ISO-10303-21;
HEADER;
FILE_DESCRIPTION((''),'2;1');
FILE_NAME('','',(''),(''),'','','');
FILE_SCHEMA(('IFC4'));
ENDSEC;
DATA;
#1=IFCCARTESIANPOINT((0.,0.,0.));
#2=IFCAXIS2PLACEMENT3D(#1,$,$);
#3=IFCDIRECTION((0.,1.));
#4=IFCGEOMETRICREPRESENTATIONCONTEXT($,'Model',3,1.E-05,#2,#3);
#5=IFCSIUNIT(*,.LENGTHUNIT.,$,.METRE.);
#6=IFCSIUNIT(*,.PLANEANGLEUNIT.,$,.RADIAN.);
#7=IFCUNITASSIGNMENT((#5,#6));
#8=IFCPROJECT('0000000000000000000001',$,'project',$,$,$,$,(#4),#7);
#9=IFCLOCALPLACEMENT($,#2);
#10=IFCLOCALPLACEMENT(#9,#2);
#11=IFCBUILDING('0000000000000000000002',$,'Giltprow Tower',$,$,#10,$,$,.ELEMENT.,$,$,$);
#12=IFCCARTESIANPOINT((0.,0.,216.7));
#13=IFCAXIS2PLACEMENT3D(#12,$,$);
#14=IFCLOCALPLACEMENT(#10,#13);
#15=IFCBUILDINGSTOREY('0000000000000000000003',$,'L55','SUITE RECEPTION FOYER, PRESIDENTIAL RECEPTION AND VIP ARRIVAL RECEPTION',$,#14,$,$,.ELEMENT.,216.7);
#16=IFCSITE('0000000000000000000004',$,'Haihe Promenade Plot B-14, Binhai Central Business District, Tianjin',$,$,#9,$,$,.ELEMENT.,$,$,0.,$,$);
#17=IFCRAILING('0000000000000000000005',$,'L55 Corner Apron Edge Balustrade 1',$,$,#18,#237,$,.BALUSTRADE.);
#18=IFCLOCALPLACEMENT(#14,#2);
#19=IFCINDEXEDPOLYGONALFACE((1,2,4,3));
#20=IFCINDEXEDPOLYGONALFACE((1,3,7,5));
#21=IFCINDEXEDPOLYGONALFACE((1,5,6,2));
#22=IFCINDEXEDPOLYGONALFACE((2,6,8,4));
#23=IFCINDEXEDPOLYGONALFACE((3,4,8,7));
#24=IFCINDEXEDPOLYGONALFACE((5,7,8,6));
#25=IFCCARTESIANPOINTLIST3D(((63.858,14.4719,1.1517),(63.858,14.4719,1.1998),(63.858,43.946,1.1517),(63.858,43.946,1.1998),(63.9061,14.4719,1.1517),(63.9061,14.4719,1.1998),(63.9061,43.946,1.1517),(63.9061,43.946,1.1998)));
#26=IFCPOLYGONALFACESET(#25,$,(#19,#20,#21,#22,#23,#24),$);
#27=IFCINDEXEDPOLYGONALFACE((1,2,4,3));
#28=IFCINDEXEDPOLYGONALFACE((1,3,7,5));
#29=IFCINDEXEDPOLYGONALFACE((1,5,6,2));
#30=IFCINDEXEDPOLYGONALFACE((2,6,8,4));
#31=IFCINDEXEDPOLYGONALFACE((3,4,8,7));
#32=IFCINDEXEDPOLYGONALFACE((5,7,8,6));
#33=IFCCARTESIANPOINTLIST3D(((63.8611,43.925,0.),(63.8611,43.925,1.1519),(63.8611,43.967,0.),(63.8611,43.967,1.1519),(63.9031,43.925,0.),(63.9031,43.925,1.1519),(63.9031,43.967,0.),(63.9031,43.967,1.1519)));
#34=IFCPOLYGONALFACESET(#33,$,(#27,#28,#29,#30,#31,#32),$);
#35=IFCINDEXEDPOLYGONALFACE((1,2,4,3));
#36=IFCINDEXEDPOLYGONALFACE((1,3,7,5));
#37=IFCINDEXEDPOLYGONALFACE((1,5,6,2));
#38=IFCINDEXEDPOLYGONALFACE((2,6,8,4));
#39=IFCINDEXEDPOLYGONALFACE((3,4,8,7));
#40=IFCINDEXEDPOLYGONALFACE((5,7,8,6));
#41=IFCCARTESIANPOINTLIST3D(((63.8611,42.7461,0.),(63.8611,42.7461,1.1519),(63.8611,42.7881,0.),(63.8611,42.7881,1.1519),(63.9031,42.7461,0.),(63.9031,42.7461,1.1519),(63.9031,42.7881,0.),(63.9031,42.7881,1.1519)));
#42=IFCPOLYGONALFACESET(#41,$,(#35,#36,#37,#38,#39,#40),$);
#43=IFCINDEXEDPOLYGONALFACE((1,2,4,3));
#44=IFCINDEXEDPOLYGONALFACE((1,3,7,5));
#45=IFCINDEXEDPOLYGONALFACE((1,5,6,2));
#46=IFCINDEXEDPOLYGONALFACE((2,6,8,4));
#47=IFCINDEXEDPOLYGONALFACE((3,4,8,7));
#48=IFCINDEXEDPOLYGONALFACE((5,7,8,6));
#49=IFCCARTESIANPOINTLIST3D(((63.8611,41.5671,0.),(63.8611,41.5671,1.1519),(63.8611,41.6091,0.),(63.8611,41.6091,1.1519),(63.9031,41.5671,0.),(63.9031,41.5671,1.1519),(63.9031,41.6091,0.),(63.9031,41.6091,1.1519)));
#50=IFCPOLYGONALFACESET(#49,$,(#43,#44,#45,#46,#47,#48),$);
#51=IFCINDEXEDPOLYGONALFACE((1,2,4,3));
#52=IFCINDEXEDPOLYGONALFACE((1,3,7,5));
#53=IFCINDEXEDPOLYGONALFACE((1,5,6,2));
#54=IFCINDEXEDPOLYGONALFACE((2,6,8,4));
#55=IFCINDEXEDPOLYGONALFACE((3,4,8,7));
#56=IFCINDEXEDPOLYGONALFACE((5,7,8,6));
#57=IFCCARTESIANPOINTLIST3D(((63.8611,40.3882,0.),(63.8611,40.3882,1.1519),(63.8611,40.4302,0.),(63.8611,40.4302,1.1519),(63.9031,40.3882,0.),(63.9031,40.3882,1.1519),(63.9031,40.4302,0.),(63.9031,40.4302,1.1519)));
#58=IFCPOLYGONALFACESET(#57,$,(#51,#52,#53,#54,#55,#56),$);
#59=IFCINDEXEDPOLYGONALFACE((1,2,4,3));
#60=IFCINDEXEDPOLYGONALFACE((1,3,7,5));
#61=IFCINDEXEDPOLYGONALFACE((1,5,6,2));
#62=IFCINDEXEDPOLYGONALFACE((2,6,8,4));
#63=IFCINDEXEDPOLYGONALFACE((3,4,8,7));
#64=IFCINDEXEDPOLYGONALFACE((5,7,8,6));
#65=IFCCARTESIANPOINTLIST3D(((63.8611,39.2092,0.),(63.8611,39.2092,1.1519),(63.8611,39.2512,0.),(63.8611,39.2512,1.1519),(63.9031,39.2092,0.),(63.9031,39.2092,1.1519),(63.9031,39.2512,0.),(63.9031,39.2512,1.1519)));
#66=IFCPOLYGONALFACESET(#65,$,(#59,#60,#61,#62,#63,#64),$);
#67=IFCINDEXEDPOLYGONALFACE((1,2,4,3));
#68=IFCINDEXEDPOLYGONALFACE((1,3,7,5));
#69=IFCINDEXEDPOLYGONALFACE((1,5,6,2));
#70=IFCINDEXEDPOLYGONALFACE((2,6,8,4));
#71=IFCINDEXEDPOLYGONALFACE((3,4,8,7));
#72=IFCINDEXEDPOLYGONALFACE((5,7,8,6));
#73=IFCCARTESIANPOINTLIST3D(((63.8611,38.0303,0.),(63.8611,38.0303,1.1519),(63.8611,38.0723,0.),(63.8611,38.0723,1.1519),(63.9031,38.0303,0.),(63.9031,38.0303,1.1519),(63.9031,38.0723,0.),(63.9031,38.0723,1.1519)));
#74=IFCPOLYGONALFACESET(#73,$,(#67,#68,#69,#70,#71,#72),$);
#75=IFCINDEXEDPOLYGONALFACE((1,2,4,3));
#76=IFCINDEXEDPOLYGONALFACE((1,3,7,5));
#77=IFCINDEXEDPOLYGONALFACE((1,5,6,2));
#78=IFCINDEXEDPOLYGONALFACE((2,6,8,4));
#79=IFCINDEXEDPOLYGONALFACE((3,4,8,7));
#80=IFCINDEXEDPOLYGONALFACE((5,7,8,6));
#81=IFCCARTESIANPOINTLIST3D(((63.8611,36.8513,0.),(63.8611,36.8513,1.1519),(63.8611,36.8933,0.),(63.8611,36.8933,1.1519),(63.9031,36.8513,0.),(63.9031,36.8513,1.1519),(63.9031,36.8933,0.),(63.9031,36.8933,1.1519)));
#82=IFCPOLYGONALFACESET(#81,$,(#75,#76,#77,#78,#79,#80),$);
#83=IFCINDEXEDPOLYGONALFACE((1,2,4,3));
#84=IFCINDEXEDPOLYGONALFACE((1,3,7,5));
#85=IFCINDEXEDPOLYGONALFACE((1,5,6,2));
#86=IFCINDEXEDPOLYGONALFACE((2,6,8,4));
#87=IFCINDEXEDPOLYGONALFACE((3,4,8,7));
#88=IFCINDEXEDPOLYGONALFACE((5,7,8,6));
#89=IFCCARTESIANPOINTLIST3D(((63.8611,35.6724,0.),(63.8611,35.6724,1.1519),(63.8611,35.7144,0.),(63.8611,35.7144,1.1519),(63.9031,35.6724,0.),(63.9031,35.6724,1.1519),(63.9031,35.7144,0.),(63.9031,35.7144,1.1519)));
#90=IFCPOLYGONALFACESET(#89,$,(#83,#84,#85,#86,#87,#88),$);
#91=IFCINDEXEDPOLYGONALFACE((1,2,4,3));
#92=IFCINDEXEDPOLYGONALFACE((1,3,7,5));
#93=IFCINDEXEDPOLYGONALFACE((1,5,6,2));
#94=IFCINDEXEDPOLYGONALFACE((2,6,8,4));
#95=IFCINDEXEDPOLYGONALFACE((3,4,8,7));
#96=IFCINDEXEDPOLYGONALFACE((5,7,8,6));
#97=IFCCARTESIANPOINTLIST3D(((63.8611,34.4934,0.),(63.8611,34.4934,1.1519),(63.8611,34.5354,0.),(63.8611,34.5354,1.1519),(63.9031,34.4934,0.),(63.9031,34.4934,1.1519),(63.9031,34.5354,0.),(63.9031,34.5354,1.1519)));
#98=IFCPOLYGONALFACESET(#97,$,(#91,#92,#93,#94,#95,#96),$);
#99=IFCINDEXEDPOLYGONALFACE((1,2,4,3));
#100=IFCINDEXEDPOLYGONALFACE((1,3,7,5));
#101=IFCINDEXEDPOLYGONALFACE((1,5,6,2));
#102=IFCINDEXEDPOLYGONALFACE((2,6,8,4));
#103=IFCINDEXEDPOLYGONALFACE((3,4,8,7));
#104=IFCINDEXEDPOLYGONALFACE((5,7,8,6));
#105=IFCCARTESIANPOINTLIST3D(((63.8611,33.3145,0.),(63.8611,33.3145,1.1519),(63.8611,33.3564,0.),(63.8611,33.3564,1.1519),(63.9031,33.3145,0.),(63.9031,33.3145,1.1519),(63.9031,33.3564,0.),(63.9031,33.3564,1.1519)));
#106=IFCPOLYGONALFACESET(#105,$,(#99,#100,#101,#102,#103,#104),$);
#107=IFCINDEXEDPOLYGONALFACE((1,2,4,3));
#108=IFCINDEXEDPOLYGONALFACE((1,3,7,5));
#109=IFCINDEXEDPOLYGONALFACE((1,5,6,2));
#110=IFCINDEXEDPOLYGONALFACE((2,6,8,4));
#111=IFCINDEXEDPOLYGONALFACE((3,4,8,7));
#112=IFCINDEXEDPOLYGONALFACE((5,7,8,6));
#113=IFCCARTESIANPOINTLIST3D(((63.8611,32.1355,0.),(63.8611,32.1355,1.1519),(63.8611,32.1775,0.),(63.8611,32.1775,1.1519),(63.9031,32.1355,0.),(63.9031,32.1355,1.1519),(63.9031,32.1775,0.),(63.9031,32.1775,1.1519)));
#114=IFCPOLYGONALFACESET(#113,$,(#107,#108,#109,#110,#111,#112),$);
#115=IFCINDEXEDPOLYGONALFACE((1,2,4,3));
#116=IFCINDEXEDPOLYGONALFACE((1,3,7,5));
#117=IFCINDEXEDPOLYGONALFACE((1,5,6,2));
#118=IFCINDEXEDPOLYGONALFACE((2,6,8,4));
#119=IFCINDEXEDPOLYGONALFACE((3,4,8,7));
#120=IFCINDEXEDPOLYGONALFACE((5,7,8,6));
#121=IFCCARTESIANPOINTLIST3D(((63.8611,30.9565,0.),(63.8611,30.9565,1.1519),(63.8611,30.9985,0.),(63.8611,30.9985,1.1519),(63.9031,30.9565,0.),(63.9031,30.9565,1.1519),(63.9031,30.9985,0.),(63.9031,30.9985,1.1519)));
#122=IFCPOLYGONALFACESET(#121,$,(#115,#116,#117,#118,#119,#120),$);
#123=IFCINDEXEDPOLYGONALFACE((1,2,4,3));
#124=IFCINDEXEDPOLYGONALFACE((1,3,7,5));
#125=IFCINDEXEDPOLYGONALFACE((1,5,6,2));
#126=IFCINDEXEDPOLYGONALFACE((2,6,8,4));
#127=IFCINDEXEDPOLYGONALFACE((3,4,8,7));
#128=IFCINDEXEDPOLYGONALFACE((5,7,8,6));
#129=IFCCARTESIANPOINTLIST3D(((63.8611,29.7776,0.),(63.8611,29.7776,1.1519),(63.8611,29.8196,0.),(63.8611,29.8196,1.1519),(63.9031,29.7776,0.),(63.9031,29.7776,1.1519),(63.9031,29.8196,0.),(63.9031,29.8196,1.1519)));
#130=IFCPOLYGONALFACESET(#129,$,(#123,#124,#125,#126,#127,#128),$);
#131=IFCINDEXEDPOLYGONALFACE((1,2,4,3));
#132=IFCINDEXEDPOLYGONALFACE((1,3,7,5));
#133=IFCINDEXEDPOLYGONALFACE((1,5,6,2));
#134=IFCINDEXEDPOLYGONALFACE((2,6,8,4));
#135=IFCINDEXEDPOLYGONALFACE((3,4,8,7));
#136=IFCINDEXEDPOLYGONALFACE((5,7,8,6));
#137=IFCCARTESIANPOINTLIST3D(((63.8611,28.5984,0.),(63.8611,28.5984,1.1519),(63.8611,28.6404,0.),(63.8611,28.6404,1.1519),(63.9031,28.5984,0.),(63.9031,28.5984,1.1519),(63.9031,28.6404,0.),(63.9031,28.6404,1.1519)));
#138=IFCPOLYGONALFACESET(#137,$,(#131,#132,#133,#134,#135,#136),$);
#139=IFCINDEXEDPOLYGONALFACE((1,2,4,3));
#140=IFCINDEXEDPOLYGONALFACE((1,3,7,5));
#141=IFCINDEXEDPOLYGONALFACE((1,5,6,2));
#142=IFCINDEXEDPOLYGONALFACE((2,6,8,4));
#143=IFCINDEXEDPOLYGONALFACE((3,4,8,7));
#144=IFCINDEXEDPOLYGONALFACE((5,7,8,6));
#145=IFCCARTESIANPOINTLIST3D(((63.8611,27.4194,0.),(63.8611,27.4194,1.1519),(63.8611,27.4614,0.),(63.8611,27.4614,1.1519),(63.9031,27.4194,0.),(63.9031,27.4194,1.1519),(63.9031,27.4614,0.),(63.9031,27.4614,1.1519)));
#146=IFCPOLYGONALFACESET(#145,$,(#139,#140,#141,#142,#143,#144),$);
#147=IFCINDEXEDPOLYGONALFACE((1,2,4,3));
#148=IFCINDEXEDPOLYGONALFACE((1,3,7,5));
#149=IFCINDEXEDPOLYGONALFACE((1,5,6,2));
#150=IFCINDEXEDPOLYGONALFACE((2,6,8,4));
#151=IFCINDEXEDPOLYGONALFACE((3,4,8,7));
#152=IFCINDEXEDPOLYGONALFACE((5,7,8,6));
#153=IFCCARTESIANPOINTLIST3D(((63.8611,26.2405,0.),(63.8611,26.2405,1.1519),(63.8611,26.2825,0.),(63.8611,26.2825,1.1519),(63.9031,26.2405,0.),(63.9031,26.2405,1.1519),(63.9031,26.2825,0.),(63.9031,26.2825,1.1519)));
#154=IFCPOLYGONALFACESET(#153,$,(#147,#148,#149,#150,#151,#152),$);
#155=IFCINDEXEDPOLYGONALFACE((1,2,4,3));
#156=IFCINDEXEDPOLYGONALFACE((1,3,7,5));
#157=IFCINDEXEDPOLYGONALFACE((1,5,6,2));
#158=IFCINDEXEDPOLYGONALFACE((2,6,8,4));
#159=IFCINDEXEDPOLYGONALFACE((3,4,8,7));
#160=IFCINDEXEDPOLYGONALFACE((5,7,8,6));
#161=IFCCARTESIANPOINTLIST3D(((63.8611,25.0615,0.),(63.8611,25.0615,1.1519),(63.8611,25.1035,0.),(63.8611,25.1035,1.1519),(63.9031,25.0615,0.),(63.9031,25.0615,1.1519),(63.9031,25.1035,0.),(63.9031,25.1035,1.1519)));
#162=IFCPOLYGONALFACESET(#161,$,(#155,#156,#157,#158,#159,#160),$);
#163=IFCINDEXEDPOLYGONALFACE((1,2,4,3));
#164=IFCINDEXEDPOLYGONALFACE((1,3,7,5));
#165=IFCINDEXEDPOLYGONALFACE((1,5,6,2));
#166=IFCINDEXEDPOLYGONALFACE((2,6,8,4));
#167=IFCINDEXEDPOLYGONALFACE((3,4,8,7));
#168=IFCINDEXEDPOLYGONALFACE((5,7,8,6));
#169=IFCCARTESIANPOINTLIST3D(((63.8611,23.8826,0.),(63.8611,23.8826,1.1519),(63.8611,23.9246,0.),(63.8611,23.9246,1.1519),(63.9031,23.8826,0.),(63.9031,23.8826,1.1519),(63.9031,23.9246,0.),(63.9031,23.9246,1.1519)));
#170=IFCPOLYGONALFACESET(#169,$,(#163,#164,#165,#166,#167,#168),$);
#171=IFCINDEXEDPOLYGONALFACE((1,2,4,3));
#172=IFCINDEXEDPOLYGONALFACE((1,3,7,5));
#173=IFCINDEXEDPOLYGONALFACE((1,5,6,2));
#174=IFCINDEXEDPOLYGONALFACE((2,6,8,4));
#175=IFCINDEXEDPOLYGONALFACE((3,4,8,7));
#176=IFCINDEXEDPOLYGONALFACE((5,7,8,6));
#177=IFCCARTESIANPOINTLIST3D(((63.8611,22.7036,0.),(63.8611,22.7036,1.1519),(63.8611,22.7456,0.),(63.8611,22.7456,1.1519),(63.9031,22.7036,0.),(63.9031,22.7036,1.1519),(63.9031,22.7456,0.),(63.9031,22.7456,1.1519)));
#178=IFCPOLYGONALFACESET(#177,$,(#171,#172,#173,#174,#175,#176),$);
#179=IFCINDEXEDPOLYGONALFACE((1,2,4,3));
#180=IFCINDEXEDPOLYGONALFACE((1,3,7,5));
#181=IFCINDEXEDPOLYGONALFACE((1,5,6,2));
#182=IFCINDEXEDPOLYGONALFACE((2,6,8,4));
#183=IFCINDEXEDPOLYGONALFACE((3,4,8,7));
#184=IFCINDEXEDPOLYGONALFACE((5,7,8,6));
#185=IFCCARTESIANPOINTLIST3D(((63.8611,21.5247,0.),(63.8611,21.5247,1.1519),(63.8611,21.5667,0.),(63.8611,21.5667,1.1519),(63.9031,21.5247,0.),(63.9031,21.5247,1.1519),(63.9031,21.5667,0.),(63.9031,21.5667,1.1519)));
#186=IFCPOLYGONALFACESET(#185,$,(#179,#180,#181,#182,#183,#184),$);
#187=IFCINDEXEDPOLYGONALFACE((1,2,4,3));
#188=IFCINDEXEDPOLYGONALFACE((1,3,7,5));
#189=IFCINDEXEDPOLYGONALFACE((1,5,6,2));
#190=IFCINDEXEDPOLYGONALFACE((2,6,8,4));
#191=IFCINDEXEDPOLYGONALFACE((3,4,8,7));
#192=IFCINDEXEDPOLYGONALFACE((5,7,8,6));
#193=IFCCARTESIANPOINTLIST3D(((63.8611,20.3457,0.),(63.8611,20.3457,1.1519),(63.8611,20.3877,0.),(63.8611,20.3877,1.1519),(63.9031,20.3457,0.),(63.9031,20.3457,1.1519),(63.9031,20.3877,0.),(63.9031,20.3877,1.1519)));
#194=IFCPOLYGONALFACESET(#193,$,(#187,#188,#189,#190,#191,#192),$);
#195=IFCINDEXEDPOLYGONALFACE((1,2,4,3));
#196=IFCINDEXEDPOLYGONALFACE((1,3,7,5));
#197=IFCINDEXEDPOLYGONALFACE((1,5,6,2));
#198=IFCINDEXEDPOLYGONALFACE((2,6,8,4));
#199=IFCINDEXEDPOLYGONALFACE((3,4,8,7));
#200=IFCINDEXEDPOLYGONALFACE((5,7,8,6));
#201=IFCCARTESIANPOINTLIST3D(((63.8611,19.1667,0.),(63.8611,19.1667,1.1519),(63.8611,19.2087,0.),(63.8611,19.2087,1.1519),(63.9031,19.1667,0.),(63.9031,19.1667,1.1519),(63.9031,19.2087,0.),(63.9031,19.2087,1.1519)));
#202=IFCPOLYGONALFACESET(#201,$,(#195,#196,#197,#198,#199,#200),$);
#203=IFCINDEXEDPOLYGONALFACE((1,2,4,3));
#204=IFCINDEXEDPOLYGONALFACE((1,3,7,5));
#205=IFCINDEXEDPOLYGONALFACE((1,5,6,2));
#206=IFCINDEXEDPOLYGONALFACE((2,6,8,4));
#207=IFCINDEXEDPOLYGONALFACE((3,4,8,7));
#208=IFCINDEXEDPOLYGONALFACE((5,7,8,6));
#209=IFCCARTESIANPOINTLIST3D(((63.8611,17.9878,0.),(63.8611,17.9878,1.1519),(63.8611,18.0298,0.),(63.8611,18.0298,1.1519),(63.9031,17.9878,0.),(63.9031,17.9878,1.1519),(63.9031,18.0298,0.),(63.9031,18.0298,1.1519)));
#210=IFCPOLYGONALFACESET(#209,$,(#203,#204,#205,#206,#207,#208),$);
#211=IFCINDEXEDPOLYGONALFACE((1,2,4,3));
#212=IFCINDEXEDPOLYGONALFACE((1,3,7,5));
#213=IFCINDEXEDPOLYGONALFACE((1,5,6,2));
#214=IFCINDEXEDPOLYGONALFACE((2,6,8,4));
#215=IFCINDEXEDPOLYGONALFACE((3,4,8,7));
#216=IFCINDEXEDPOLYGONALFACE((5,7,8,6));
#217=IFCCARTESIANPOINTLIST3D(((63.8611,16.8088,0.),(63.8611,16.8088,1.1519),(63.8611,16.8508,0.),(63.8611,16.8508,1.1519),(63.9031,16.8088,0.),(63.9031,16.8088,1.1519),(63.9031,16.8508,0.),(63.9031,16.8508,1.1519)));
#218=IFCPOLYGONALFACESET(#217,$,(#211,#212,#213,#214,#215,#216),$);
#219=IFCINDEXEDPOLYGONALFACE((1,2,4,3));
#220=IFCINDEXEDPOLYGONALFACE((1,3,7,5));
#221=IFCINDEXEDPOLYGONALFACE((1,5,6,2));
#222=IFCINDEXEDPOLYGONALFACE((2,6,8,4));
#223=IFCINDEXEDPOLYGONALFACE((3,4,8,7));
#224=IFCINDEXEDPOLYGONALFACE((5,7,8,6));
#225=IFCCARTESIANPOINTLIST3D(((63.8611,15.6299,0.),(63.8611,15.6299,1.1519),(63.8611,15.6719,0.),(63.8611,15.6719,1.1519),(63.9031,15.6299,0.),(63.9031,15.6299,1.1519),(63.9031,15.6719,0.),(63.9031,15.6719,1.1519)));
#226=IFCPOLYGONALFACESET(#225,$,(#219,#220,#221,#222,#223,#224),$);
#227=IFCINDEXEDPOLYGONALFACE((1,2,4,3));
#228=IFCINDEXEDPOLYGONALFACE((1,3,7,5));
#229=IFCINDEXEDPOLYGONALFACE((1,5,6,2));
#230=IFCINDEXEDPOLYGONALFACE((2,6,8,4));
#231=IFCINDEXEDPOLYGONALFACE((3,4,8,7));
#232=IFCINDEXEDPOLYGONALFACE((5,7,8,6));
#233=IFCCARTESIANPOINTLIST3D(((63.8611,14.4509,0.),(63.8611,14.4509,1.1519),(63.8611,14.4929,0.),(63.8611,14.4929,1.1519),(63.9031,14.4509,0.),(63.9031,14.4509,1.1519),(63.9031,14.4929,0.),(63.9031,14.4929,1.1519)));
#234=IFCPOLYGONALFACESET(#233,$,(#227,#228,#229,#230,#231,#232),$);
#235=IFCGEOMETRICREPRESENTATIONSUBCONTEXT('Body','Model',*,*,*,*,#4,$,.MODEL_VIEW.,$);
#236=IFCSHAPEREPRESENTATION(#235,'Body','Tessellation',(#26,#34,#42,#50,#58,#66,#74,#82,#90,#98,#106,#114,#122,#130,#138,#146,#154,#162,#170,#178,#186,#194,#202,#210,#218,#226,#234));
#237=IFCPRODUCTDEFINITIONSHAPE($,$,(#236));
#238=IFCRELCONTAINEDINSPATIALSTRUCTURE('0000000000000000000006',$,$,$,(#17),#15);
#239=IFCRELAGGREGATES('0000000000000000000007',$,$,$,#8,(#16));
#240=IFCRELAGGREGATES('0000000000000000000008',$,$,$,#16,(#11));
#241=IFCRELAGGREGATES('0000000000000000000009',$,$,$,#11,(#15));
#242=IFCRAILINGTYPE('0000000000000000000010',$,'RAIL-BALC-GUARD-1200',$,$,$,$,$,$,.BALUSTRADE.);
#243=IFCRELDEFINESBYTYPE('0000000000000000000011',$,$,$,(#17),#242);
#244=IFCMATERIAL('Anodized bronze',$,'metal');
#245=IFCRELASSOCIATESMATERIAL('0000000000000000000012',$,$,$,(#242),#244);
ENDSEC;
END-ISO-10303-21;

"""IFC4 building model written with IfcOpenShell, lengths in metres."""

from ifc_helpers import new_model, si_unit, direction, frame, origin, origin_2d, place, context, subcontext, project, spatial, rectangle, extrude, material, type_object, element, save


model = new_model("IFC4")

# Units and contexts
model_context = context("Model", 3, precision=1e-05, world=origin(), true_north=direction((0.0, 1.0)))
body_context = subcontext(model_context, "Body", "Model", "MODEL_VIEW")
ifc_project = project(units=[si_unit("LENGTHUNIT", "METRE"), si_unit("PLANEANGLEUNIT", "RADIAN")], contexts=[model_context])

# Site, building, storey
site_placement = place(None, origin())
site = spatial("IfcSite", under=ifc_project, at=site_placement, Name="Haihe Promenade Plot B-14, Binhai Central Business District, Tianjin", CompositionType="ELEMENT", RefElevation=0.0)
building_placement = place(site_placement, origin())
building = spatial("IfcBuilding", under=site, at=building_placement, Name="Giltprow Tower", CompositionType="ELEMENT")
storey_placement = place(building_placement, frame((0.0, 0.0, 216.7)))
storey = spatial("IfcBuildingStorey", under=building, at=storey_placement, Name="L55", Description="SUITE RECEPTION FOYER, PRESIDENTIAL RECEPTION AND VIP ARRIVAL RECEPTION", CompositionType="ELEMENT", Elevation=216.7)

# Railing
ifc_material_1 = material(Name="Anodized bronze", Category="metal")
railing_type_1 = type_object("IfcRailingType", Name="RAIL-BALC-GUARD-1200", PredefinedType="BALUSTRADE", material=ifc_material_1)
railing_1_placement = place(storey_placement, frame((63.8821, 43.946, 0.0)))
element("IfcRailing", 1, at=railing_1_placement, inside=storey, type_object=railing_type_1, Name="L55 Corner Apron Edge Balustrade 1", PredefinedType="BALUSTRADE", context=body_context, shape_type="SweptSolid", body=[
    extrude(rectangle(XDim=0.0481, YDim=0.0481, at=origin_2d()), frame((0.0, 0.0, 1.1758), z_axis=(0.0, -1.0, 0.0), x_axis=(1.0, 0.0, 0.0)), (0.0, 0.0, 1.0), 29.4741),
    extrude(rectangle(XDim=0.042, YDim=0.042, at=origin_2d()), origin(), (0.0, 0.0, 1.0), 1.1519),
    extrude(rectangle(XDim=0.042, YDim=0.042, at=origin_2d()), frame((0.0, -1.179, 0.0)), (0.0, 0.0, 1.0), 1.1519),
    extrude(rectangle(XDim=0.042, YDim=0.042, at=origin_2d()), frame((0.0, -2.3579, 0.0)), (0.0, 0.0, 1.0), 1.1519),
    extrude(rectangle(XDim=0.042, YDim=0.042, at=origin_2d()), frame((0.0, -3.5369, 0.0)), (0.0, 0.0, 1.0), 1.1519),
    extrude(rectangle(XDim=0.042, YDim=0.042, at=origin_2d()), frame((0.0, -4.7158, 0.0)), (0.0, 0.0, 1.0), 1.1519),
    extrude(rectangle(XDim=0.042, YDim=0.042, at=origin_2d()), frame((0.0, -5.8948, 0.0)), (0.0, 0.0, 1.0), 1.1519),
    extrude(rectangle(XDim=0.042, YDim=0.042, at=origin_2d()), frame((0.0, -7.0737, 0.0)), (0.0, 0.0, 1.0), 1.1519),
    extrude(rectangle(XDim=0.042, YDim=0.042, at=origin_2d()), frame((0.0, -8.2527, 0.0)), (0.0, 0.0, 1.0), 1.1519),
    extrude(rectangle(XDim=0.042, YDim=0.042, at=origin_2d()), frame((0.0, -9.4316, 0.0)), (0.0, 0.0, 1.0), 1.1519),
    extrude(rectangle(XDim=0.042, YDim=0.042, at=origin_2d()), frame((0.0, -10.6106, 0.0)), (0.0, 0.0, 1.0), 1.1519),
    extrude(rectangle(XDim=0.042, YDim=0.042, at=origin_2d()), frame((0.0, -11.7896, 0.0)), (0.0, 0.0, 1.0), 1.1519),
    extrude(rectangle(XDim=0.042, YDim=0.042, at=origin_2d()), frame((0.0, -12.9685, 0.0)), (0.0, 0.0, 1.0), 1.1519),
    extrude(rectangle(XDim=0.042, YDim=0.042, at=origin_2d()), frame((0.0, -14.1475, 0.0)), (0.0, 0.0, 1.0), 1.1519),
    extrude(rectangle(XDim=0.042, YDim=0.042, at=origin_2d()), frame((0.0, -15.3267, 0.0)), (0.0, 0.0, 1.0), 1.1519),
    extrude(rectangle(XDim=0.042, YDim=0.042, at=origin_2d()), frame((0.0, -16.5056, 0.0)), (0.0, 0.0, 1.0), 1.1519),
    extrude(rectangle(XDim=0.042, YDim=0.042, at=origin_2d()), frame((0.0, -17.6846, 0.0)), (0.0, 0.0, 1.0), 1.1519),
    extrude(rectangle(XDim=0.042, YDim=0.042, at=origin_2d()), frame((0.0, -18.8635, 0.0)), (0.0, 0.0, 1.0), 1.1519),
    extrude(rectangle(XDim=0.042, YDim=0.042, at=origin_2d()), frame((0.0, -20.0425, 0.0)), (0.0, 0.0, 1.0), 1.1519),
    extrude(rectangle(XDim=0.042, YDim=0.042, at=origin_2d()), frame((0.0, -21.2214, 0.0)), (0.0, 0.0, 1.0), 1.1519),
    extrude(rectangle(XDim=0.042, YDim=0.042, at=origin_2d()), frame((0.0, -22.4004, 0.0)), (0.0, 0.0, 1.0), 1.1519),
    extrude(rectangle(XDim=0.042, YDim=0.042, at=origin_2d()), frame((0.0, -23.5793, 0.0)), (0.0, 0.0, 1.0), 1.1519),
    extrude(rectangle(XDim=0.042, YDim=0.042, at=origin_2d()), frame((0.0, -24.7583, 0.0)), (0.0, 0.0, 1.0), 1.1519),
    extrude(rectangle(XDim=0.042, YDim=0.042, at=origin_2d()), frame((0.0, -25.9373, 0.0)), (0.0, 0.0, 1.0), 1.1519),
    extrude(rectangle(XDim=0.042, YDim=0.042, at=origin_2d()), frame((0.0, -27.1162, 0.0)), (0.0, 0.0, 1.0), 1.1519),
    extrude(rectangle(XDim=0.042, YDim=0.042, at=origin_2d()), frame((0.0, -28.2952, 0.0)), (0.0, 0.0, 1.0), 1.1519),
    extrude(rectangle(XDim=0.042, YDim=0.042, at=origin_2d()), frame((0.0, -29.4741, 0.0)), (0.0, 0.0, 1.0), 1.1519),
])

save(model, "model.ifc")
